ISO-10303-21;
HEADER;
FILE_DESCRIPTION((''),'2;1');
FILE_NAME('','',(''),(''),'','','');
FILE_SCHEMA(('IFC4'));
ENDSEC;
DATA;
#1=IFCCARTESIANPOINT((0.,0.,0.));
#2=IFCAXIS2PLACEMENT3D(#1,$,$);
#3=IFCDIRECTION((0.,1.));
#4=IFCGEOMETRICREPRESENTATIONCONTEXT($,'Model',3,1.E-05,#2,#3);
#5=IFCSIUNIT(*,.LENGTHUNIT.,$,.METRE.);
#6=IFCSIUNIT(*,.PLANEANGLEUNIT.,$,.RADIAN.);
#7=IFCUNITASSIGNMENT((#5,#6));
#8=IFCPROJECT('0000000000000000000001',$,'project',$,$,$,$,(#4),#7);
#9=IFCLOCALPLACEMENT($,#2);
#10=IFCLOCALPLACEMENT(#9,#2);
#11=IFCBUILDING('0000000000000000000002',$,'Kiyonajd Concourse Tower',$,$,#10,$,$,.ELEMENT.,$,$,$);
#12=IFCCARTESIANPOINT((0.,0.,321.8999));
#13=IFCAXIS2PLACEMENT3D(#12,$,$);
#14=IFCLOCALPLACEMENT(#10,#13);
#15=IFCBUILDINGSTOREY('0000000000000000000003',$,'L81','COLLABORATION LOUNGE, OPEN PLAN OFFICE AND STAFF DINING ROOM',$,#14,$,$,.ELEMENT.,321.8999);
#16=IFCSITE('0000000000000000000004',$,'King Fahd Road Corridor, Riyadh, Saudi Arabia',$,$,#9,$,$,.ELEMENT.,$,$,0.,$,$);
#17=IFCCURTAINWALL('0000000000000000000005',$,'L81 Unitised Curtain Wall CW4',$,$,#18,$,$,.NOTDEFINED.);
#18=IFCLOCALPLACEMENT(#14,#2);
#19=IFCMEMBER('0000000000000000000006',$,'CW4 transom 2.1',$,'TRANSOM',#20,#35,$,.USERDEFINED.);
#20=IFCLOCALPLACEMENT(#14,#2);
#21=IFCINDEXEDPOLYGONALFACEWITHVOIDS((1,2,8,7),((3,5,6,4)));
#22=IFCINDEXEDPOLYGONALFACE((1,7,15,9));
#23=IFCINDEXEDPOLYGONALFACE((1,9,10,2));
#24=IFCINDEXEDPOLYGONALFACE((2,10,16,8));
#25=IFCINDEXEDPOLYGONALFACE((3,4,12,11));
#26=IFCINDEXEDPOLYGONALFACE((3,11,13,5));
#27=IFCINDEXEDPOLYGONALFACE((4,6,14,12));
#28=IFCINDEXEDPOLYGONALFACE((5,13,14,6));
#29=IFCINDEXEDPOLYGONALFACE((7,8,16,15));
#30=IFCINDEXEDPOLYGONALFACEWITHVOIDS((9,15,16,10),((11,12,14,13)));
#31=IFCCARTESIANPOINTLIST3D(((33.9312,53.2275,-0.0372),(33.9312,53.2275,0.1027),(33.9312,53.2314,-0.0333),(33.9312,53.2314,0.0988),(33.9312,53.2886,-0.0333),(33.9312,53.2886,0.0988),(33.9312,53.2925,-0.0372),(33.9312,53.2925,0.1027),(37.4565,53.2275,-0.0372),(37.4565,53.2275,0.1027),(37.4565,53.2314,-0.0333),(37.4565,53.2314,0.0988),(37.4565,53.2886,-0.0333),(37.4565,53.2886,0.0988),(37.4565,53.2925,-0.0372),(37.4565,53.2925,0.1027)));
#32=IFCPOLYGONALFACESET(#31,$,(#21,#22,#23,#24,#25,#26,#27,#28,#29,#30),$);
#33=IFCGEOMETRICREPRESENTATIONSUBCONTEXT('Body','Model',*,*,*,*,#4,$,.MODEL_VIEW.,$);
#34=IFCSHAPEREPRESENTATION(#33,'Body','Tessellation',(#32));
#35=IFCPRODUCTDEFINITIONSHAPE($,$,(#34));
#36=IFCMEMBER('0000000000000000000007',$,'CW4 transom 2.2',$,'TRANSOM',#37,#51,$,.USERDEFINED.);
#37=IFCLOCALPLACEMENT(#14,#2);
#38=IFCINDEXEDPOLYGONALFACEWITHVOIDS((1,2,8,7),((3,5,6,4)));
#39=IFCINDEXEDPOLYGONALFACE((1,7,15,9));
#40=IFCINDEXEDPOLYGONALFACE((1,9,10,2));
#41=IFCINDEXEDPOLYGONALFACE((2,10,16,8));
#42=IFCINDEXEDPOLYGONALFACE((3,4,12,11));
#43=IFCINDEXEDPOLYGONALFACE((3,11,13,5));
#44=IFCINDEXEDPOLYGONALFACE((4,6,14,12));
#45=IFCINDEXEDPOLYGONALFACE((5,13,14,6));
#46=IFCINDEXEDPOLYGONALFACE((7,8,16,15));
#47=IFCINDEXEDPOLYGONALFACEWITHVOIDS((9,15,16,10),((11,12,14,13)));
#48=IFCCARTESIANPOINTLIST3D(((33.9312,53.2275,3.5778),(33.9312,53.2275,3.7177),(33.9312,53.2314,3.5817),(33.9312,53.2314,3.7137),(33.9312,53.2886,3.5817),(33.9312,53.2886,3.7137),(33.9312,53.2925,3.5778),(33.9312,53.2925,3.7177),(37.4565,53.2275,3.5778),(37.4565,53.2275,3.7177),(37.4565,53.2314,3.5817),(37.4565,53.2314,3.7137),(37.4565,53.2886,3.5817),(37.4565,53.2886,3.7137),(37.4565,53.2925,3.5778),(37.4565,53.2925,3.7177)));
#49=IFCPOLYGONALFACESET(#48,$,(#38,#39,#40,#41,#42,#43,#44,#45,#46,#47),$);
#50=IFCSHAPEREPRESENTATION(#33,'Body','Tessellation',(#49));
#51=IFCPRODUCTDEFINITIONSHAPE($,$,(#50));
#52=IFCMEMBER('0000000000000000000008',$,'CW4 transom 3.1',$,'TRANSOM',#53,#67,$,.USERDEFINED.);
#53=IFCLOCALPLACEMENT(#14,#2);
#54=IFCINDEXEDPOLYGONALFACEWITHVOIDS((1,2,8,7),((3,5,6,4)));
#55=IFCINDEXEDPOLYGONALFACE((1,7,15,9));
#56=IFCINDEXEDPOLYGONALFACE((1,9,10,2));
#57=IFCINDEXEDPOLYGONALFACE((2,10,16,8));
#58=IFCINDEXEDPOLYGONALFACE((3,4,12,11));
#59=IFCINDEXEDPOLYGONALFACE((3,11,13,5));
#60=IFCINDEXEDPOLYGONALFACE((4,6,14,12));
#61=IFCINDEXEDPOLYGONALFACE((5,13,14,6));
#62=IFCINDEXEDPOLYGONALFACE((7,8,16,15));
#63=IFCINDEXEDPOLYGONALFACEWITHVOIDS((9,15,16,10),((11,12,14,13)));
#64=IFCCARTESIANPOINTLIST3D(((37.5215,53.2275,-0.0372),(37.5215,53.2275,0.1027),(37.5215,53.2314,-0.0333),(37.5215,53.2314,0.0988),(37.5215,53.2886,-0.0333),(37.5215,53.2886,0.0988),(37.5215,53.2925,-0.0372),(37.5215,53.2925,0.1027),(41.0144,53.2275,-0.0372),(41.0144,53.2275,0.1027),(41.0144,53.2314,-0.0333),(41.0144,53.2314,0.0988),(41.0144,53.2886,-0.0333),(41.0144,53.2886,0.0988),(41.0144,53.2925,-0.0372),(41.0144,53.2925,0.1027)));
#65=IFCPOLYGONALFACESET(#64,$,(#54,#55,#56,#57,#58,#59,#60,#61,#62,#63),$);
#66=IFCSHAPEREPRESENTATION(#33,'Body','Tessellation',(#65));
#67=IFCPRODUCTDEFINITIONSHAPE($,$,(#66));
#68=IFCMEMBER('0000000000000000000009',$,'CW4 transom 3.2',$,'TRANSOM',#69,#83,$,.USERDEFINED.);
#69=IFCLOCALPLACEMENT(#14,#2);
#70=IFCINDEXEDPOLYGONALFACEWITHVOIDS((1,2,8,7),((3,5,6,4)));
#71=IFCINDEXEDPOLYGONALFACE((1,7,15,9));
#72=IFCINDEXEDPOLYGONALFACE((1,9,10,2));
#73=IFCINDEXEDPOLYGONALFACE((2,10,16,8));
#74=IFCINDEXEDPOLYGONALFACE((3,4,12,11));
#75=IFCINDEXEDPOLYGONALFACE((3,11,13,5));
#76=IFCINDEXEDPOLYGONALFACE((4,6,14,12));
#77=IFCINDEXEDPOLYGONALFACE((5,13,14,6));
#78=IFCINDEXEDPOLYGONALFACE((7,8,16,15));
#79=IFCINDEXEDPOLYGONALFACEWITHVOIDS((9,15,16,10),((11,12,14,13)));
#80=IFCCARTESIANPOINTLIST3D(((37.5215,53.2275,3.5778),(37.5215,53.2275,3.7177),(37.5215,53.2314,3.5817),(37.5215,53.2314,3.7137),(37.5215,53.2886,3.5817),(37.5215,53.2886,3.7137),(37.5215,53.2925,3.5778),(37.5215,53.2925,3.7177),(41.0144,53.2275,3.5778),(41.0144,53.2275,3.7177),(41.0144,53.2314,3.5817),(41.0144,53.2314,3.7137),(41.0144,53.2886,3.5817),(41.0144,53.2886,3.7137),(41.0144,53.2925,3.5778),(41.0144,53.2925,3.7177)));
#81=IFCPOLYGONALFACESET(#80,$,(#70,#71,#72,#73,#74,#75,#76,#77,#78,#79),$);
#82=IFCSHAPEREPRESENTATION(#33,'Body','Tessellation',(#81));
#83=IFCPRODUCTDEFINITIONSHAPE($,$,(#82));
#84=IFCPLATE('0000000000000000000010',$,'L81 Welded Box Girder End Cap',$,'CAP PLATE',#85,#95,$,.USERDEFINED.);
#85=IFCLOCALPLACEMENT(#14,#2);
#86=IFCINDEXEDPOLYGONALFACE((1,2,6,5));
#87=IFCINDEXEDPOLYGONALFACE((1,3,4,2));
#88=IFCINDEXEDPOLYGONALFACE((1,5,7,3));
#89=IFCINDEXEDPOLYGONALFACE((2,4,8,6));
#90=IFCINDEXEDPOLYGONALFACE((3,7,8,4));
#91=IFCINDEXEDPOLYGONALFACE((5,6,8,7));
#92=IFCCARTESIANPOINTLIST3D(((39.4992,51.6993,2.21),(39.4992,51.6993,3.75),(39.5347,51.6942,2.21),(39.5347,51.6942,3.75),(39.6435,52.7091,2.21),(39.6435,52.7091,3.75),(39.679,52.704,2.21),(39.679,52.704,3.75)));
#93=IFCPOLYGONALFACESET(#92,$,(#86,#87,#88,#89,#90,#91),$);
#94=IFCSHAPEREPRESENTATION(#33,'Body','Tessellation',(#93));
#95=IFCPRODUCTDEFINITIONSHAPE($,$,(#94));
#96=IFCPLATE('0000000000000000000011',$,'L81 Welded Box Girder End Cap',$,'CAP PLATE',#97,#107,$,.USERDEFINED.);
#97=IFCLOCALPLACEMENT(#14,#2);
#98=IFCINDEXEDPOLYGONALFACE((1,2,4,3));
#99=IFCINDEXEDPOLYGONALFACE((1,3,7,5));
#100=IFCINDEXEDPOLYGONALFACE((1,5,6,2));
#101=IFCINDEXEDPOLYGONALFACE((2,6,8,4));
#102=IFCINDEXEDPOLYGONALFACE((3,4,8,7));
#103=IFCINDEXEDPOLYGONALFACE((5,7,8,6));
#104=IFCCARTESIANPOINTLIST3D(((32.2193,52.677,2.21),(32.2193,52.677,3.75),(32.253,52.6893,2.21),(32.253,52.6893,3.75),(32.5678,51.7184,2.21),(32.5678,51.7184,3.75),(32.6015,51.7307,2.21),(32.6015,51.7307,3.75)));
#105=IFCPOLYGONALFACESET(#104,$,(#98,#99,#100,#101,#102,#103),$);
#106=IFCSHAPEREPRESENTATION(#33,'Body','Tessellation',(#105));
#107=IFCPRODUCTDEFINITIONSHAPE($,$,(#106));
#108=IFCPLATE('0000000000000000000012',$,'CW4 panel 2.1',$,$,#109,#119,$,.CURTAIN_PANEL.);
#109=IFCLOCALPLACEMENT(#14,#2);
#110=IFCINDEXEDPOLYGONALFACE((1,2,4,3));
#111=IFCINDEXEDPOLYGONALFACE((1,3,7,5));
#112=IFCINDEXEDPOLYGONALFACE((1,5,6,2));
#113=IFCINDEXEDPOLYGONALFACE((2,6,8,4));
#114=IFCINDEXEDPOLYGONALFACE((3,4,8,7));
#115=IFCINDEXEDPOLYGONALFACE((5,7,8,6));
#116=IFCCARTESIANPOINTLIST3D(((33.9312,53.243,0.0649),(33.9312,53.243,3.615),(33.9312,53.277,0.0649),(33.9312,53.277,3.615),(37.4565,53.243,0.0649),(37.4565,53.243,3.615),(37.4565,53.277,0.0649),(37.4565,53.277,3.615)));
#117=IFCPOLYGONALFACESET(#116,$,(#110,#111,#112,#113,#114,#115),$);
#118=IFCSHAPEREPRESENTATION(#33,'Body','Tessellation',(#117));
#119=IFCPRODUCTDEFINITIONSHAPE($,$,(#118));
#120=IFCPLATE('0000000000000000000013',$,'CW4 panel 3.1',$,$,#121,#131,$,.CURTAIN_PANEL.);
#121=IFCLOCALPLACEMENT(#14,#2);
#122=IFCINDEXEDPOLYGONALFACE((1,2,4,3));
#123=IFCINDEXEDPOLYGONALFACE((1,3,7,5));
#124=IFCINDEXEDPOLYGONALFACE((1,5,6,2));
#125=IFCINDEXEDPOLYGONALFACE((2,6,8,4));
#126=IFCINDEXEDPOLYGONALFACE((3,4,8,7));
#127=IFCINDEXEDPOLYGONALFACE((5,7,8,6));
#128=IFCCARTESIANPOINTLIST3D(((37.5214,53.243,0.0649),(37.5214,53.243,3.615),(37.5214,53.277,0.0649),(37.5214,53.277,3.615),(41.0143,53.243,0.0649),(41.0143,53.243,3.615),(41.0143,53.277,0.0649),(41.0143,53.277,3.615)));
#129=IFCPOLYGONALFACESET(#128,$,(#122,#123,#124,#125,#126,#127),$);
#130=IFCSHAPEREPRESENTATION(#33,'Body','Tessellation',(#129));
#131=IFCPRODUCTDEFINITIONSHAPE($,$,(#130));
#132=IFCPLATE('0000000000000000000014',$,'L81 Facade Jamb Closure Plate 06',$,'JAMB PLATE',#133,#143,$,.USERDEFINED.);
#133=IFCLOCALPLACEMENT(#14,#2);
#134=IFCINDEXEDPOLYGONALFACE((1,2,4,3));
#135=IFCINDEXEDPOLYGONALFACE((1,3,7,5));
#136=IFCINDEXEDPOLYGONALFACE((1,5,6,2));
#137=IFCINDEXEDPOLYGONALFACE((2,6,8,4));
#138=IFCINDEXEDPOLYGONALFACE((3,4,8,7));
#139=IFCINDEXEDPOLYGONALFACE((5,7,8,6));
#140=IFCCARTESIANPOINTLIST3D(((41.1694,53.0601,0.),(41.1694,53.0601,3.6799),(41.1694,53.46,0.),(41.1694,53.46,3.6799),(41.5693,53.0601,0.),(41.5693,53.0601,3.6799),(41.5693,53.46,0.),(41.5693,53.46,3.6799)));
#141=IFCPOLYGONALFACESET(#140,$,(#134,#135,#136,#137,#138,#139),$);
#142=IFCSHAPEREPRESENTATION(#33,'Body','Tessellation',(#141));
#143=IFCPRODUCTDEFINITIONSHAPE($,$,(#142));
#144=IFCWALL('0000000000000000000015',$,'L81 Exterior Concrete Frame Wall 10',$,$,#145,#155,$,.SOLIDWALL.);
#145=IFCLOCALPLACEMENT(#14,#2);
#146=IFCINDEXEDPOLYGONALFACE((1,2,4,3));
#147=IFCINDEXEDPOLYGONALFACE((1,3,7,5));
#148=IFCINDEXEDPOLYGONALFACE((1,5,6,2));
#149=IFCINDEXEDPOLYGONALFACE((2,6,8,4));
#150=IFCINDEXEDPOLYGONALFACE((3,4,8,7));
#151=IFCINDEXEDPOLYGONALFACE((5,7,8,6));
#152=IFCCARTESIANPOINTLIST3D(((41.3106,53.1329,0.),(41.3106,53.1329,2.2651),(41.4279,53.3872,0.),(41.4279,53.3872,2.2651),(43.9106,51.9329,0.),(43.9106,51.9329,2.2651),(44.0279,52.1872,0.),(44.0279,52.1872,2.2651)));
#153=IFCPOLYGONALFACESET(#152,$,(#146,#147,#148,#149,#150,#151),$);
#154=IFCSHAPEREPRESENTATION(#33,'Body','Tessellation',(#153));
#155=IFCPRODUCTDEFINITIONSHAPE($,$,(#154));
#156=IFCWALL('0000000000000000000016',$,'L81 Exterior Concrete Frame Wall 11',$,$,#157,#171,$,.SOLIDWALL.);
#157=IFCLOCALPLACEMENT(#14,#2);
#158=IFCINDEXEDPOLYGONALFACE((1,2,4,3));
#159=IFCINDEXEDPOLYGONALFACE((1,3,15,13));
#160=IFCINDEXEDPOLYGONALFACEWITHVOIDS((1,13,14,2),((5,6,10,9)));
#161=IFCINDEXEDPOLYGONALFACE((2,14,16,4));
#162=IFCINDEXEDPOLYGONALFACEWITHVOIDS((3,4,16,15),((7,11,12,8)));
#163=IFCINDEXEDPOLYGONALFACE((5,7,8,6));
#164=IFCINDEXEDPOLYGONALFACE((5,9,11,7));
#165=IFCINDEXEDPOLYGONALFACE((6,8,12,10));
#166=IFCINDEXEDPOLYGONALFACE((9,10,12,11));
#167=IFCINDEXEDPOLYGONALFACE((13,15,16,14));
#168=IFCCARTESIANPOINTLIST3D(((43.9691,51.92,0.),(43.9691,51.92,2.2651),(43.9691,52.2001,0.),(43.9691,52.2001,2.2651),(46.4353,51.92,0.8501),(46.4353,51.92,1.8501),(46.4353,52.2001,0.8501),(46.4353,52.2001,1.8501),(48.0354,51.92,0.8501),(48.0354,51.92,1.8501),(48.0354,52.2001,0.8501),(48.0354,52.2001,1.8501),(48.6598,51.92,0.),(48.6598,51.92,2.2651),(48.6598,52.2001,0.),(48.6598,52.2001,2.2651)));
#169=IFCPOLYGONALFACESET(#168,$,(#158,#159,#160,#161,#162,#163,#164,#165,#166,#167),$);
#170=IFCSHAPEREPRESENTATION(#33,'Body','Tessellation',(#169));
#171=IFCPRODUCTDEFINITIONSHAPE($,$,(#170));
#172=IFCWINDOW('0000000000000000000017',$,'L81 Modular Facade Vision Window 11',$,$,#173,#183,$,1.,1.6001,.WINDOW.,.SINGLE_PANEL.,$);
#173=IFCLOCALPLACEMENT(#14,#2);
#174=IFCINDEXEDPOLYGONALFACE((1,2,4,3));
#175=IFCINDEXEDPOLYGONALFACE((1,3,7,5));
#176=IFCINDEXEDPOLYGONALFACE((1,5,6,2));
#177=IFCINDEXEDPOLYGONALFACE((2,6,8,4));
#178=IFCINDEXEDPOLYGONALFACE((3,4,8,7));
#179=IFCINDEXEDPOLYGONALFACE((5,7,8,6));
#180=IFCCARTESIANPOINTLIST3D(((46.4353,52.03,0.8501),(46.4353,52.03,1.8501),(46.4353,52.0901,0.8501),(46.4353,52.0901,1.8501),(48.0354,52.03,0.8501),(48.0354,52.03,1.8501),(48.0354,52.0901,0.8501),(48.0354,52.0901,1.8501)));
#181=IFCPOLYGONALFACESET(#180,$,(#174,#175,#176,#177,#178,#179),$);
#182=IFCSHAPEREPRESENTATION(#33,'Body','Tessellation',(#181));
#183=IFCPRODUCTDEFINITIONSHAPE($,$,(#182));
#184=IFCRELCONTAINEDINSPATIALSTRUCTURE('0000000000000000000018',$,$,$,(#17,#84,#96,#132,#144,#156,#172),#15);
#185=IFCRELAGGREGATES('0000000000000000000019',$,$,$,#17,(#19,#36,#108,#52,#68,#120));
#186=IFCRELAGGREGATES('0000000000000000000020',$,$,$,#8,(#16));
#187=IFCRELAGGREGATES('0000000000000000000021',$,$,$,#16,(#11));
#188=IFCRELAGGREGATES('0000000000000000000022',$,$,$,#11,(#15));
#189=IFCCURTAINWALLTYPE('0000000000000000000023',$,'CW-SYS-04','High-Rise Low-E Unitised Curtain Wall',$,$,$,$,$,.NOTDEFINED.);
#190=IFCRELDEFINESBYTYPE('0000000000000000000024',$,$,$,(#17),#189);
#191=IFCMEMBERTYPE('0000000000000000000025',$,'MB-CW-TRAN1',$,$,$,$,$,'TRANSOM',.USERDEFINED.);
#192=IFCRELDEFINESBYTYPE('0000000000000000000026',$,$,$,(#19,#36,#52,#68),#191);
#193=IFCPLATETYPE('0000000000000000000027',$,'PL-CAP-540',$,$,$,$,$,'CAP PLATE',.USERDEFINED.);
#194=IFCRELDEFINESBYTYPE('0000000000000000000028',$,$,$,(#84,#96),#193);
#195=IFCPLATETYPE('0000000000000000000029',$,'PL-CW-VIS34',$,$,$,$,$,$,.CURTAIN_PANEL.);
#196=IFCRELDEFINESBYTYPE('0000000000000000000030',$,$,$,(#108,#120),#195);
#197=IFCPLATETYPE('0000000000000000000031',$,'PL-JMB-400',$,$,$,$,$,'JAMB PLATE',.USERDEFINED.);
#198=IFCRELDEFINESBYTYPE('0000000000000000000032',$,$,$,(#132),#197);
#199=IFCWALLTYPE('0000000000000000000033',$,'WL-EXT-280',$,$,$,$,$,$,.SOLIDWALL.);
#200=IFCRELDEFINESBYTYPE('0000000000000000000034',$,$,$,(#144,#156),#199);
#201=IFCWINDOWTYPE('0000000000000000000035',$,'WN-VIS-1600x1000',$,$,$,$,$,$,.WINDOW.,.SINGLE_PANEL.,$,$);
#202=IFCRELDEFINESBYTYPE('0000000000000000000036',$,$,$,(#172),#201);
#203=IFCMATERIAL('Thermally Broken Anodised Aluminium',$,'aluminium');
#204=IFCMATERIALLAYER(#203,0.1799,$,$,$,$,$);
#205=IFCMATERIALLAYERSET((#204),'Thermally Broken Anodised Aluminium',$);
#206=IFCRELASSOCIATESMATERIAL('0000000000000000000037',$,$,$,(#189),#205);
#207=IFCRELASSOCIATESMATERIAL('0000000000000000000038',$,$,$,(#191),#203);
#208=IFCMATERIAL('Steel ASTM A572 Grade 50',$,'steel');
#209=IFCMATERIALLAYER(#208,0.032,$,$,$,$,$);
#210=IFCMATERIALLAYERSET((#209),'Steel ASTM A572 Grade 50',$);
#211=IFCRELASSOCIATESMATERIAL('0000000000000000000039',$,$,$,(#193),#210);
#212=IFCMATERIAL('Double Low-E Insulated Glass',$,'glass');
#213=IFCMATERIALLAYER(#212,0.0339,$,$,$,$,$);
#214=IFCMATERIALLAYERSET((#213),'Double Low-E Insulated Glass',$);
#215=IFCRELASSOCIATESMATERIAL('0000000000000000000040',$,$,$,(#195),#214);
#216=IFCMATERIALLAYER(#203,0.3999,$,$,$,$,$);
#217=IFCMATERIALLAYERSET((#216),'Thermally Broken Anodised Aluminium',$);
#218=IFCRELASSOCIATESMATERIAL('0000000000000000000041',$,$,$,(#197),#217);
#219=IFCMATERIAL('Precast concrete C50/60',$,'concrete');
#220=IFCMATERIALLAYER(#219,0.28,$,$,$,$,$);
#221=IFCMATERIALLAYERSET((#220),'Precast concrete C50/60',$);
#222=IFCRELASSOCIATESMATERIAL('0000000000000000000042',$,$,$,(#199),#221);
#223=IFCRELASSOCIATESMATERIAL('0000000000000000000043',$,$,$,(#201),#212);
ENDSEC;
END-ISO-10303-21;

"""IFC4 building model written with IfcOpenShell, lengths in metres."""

from ifc_helpers import new_model, si_unit, direction, frame, frame_2d, origin, origin_2d, place, context, subcontext, project, spatial, rectangle, hollow_rectangle, extrude, material, layer, layer_set, material_profile, profile_set, type_object, element, fill, aggregate, save


model = new_model("IFC4")

# Units and contexts
model_context = context("Model", 3, precision=1e-05, world=origin(), true_north=direction((0.0, 1.0)))
body_context = subcontext(model_context, "Body", "Model", "MODEL_VIEW")
ifc_project = project(units=[si_unit("LENGTHUNIT", "METRE"), si_unit("PLANEANGLEUNIT", "RADIAN")], contexts=[model_context])

# Site, building, storey
site_placement = place(None, origin())
site = spatial("IfcSite", under=ifc_project, at=site_placement, Name="King Fahd Road Corridor, Riyadh, Saudi Arabia", CompositionType="ELEMENT", RefElevation=0.0)
building_placement = place(site_placement, origin())
building = spatial("IfcBuilding", under=site, at=building_placement, Name="Kiyonajd Concourse Tower", CompositionType="ELEMENT")
storey_placement = place(building_placement, frame((0.0, 0.0, 321.8999)))
storey = spatial("IfcBuildingStorey", under=building, at=storey_placement, Name="L81", Description="COLLABORATION LOUNGE, OPEN PLAN OFFICE AND STAFF DINING ROOM", CompositionType="ELEMENT", Elevation=321.8999)

# Shared definitions
ifc_material_1 = material(Name="Steel ASTM A572 Grade 50", Category="steel")

# Curtain wall, members
ifc_material_2 = material(Name="Thermally Broken Anodised Aluminium", Category="aluminium")
ifc_layer_1 = layer(ifc_material_2, 0.1799)
ifc_layer_set_1 = layer_set([ifc_layer_1], Name="Thermally Broken Anodised Aluminium")
curtain_wall_type = type_object("IfcCurtainWallType", Name="CW-SYS-04", Description="High-Rise Low-E Unitised Curtain Wall", PredefinedType="NOTDEFINED", material=ifc_layer_set_1)
curtain_wall_placement = place(storey_placement, origin())
curtain_wall = element("IfcCurtainWall", 1, at=curtain_wall_placement, inside=storey, type_object=curtain_wall_type, Name="L81 Unitised Curtain Wall CW4", PredefinedType="NOTDEFINED")
ifc_material_profile_1 = material_profile(ifc_material_2, hollow_rectangle(XDim=0.0649, YDim=0.1399, WallThickness=0.0039, at=origin_2d()), Name="TRAN-65x140")
ifc_profile_set_1 = profile_set([ifc_material_profile_1], Name="Thermally Broken Anodised Aluminium")
member_type_1 = type_object("IfcMemberType", Name="MB-CW-TRAN1", ElementType="TRANSOM", PredefinedType="USERDEFINED", material=ifc_profile_set_1)
member_1_placement = place(storey_placement, frame((33.9312, 53.26, 0.0327), z_axis=(1.0, 0.0, 0.0), x_axis=(0.0, 1.0, 0.0)))
member_1 = element("IfcMember", 2, at=member_1_placement, type_object=member_type_1, Name="CW4 transom 2.1", ObjectType="TRANSOM", PredefinedType="USERDEFINED", context=body_context, shape_type="SweptSolid", body=[
    extrude(hollow_rectangle(XDim=0.0649, YDim=0.1399, WallThickness=0.0039, at=origin_2d()), origin(), (0.0, 0.0, 1.0), 3.5254),
])
member_2_placement = place(storey_placement, frame((33.9312, 53.26, 3.6477), z_axis=(1.0, 0.0, 0.0), x_axis=(0.0, 1.0, 0.0)))
member_2 = element("IfcMember", 3, at=member_2_placement, type_object=member_type_1, Name="CW4 transom 2.2", ObjectType="TRANSOM", PredefinedType="USERDEFINED", context=body_context, shape_type="SweptSolid", body=[
    extrude(hollow_rectangle(XDim=0.0649, YDim=0.1399, WallThickness=0.0039, at=origin_2d()), origin(), (0.0, 0.0, 1.0), 3.5254),
])
member_3_placement = place(storey_placement, frame((37.5215, 53.26, 0.0327), z_axis=(1.0, 0.0, 0.0), x_axis=(0.0, 1.0, 0.0)))
member_3 = element("IfcMember", 4, at=member_3_placement, type_object=member_type_1, Name="CW4 transom 3.1", ObjectType="TRANSOM", PredefinedType="USERDEFINED", context=body_context, shape_type="SweptSolid", body=[
    extrude(hollow_rectangle(XDim=0.0649, YDim=0.1399, WallThickness=0.0039, at=origin_2d()), origin(), (0.0, 0.0, 1.0), 3.4929),
])
member_4_placement = place(storey_placement, frame((37.5215, 53.26, 3.6477), z_axis=(1.0, 0.0, 0.0), x_axis=(0.0, 1.0, 0.0)))
member_4 = element("IfcMember", 5, at=member_4_placement, type_object=member_type_1, Name="CW4 transom 3.2", ObjectType="TRANSOM", PredefinedType="USERDEFINED", context=body_context, shape_type="SweptSolid", body=[
    extrude(hollow_rectangle(XDim=0.0649, YDim=0.1399, WallThickness=0.0039, at=origin_2d()), origin(), (0.0, 0.0, 1.0), 3.4929),
])

# Plates
ifc_layer_2 = layer(ifc_material_1, 0.032)
ifc_layer_set_2 = layer_set([ifc_layer_2], Name="Steel ASTM A572 Grade 50")
plate_type_1 = type_object("IfcPlateType", Name="PL-CAP-540", ElementType="CAP PLATE", PredefinedType="USERDEFINED", material=ifc_layer_set_2)
for number, where, z_axis, x_axis, name in (
    (6, (39.5891, 52.2017, 2.21), (0.0, 0.0, 1.0), (-0.98995, 0.14142, 0.0), "L81 Welded Box Girder End Cap"),
    (7, (32.4104, 52.2039, 2.21), (0.0, 0.0, 1.0), (0.939812, 0.341692, 0.0), "L81 Welded Box Girder End Cap"),
):
    element("IfcPlate", number, at=place(storey_placement, frame(where, z_axis=z_axis, x_axis=x_axis)), inside=storey, type_object=plate_type_1, Name=name, ObjectType="CAP PLATE", PredefinedType="USERDEFINED", context=body_context, shape_type="SweptSolid", body=[
        extrude(rectangle(XDim=0.0359, YDim=1.02, at=origin_2d()), origin(), (0.0, 0.0, 1.0), 1.54),
    ])

# Plates
ifc_material_3 = material(Name="Double Low-E Insulated Glass", Category="glass")
ifc_layer_3 = layer(ifc_material_3, 0.0339)
ifc_layer_set_3 = layer_set([ifc_layer_3], Name="Double Low-E Insulated Glass")
plate_type_2 = type_object("IfcPlateType", Name="PL-CW-VIS34", PredefinedType="CURTAIN_PANEL", material=ifc_layer_set_3)
plate_1_placement = place(storey_placement, frame((35.6938, 53.26, 0.0649), z_axis=(0.0, 0.0, 1.0), x_axis=(1.0, 0.0, 0.0)))
plate_1 = element("IfcPlate", 8, at=plate_1_placement, type_object=plate_type_2, Name="CW4 panel 2.1", PredefinedType="CURTAIN_PANEL", context=body_context, shape_type="SweptSolid", body=[
    extrude(rectangle(XDim=3.5254, YDim=0.0339, at=origin_2d()), origin(), (0.0, 0.0, 1.0), 3.55),
])
plate_2_placement = place(storey_placement, frame((39.2678, 53.26, 0.0649), z_axis=(0.0, 0.0, 1.0), x_axis=(1.0, 0.0, 0.0)))
plate_2 = element("IfcPlate", 9, at=plate_2_placement, type_object=plate_type_2, Name="CW4 panel 3.1", PredefinedType="CURTAIN_PANEL", context=body_context, shape_type="SweptSolid", body=[
    extrude(rectangle(XDim=3.4929, YDim=0.0339, at=origin_2d()), origin(), (0.0, 0.0, 1.0), 3.55),
])
aggregate(curtain_wall, [member_1, member_2, plate_1, member_3, member_4, plate_2])
ifc_layer_4 = layer(ifc_material_2, 0.3999)
ifc_layer_set_4 = layer_set([ifc_layer_4], Name="Thermally Broken Anodised Aluminium")
plate_type_3 = type_object("IfcPlateType", Name="PL-JMB-400", ElementType="JAMB PLATE", PredefinedType="USERDEFINED", material=ifc_layer_set_4)
plate_3_placement = place(storey_placement, frame((41.3694, 53.26, 0.0), z_axis=(0.0, 0.0, 1.0), x_axis=(1.0, 0.0, 0.0)))
element("IfcPlate", 10, at=plate_3_placement, inside=storey, type_object=plate_type_3, Name="L81 Facade Jamb Closure Plate 06", ObjectType="JAMB PLATE", PredefinedType="USERDEFINED", context=body_context, shape_type="SweptSolid", body=[
    extrude(rectangle(XDim=0.3999, YDim=0.3999, at=origin_2d()), origin(), (0.0, 0.0, 1.0), 3.6799),
])

# Wall
ifc_material_4 = material(Name="Precast concrete C50/60", Category="concrete")
ifc_layer_5 = layer(ifc_material_4, 0.28)
ifc_layer_set_5 = layer_set([ifc_layer_5], Name="Precast concrete C50/60")
wall_type_1 = type_object("IfcWallType", Name="WL-EXT-280", PredefinedType="SOLIDWALL", material=ifc_layer_set_5)
wall_1_placement = place(storey_placement, frame((41.3694, 53.26, 0.0), z_axis=(0.0, 0.0, 1.0), x_axis=(0.907957, -0.419064, 0.0)))
element("IfcWall", 11, at=wall_1_placement, inside=storey, type_object=wall_type_1, Name="L81 Exterior Concrete Frame Wall 10", PredefinedType="SOLIDWALL", context=body_context, shape_type="SweptSolid", body=[
    extrude(rectangle(XDim=2.8635, YDim=0.28, at=frame_2d((1.4316, 0.0))), origin(), (0.0, 0.0, 1.0), 2.2651),
])

# Wall, opening, window
wall_2_placement = place(storey_placement, frame((43.9692, 52.0601, 0.0), z_axis=(0.0, 0.0, 1.0), x_axis=(1.0, 0.0, 0.0)))
wall_2 = element("IfcWall", 12, at=wall_2_placement, inside=storey, type_object=wall_type_1, Name="L81 Exterior Concrete Frame Wall 11", PredefinedType="SOLIDWALL", context=body_context, shape_type="SweptSolid", body=[
    extrude(rectangle(XDim=4.6907, YDim=0.28, at=frame_2d((2.3452, 0.0))), origin(), (0.0, 0.0, 1.0), 2.2651),
])
opening_placement = place(wall_2_placement, frame((2.4661, 0.0, 0.8501)))
opening = element("IfcOpeningElement", 13, at=opening_placement, cuts=wall_2, PredefinedType="OPENING", context=body_context, shape_type="SweptSolid", body=[
    extrude(rectangle(XDim=1.6001, YDim=1.0, at=frame_2d((0.8, 0.5))), frame((0.0, 0.1499, 0.0), z_axis=(0.0, -1.0, 0.0), x_axis=(1.0, 0.0, 0.0)), (0.0, 0.0, 1.0), 0.3),
])
window_type = type_object("IfcWindowType", Name="WN-VIS-1600x1000", PartitioningType="SINGLE_PANEL", PredefinedType="WINDOW", material=ifc_material_3)
window_placement = place(opening_placement, origin())
window = element("IfcWindow", 14, at=window_placement, inside=storey, type_object=window_type, Name="L81 Modular Facade Vision Window 11", OverallHeight=1.0, OverallWidth=1.6001, PartitioningType="SINGLE_PANEL", PredefinedType="WINDOW", context=body_context, shape_type="SweptSolid", body=[
    extrude(rectangle(XDim=1.6001, YDim=1.0, at=frame_2d((0.8, 0.5))), frame((0.0, 0.03, 0.0), z_axis=(0.0, -1.0, 0.0), x_axis=(1.0, 0.0, 0.0)), (0.0, 0.0, 1.0), 0.0601),
])
fill(opening, window)

save(model, "model.ifc")
